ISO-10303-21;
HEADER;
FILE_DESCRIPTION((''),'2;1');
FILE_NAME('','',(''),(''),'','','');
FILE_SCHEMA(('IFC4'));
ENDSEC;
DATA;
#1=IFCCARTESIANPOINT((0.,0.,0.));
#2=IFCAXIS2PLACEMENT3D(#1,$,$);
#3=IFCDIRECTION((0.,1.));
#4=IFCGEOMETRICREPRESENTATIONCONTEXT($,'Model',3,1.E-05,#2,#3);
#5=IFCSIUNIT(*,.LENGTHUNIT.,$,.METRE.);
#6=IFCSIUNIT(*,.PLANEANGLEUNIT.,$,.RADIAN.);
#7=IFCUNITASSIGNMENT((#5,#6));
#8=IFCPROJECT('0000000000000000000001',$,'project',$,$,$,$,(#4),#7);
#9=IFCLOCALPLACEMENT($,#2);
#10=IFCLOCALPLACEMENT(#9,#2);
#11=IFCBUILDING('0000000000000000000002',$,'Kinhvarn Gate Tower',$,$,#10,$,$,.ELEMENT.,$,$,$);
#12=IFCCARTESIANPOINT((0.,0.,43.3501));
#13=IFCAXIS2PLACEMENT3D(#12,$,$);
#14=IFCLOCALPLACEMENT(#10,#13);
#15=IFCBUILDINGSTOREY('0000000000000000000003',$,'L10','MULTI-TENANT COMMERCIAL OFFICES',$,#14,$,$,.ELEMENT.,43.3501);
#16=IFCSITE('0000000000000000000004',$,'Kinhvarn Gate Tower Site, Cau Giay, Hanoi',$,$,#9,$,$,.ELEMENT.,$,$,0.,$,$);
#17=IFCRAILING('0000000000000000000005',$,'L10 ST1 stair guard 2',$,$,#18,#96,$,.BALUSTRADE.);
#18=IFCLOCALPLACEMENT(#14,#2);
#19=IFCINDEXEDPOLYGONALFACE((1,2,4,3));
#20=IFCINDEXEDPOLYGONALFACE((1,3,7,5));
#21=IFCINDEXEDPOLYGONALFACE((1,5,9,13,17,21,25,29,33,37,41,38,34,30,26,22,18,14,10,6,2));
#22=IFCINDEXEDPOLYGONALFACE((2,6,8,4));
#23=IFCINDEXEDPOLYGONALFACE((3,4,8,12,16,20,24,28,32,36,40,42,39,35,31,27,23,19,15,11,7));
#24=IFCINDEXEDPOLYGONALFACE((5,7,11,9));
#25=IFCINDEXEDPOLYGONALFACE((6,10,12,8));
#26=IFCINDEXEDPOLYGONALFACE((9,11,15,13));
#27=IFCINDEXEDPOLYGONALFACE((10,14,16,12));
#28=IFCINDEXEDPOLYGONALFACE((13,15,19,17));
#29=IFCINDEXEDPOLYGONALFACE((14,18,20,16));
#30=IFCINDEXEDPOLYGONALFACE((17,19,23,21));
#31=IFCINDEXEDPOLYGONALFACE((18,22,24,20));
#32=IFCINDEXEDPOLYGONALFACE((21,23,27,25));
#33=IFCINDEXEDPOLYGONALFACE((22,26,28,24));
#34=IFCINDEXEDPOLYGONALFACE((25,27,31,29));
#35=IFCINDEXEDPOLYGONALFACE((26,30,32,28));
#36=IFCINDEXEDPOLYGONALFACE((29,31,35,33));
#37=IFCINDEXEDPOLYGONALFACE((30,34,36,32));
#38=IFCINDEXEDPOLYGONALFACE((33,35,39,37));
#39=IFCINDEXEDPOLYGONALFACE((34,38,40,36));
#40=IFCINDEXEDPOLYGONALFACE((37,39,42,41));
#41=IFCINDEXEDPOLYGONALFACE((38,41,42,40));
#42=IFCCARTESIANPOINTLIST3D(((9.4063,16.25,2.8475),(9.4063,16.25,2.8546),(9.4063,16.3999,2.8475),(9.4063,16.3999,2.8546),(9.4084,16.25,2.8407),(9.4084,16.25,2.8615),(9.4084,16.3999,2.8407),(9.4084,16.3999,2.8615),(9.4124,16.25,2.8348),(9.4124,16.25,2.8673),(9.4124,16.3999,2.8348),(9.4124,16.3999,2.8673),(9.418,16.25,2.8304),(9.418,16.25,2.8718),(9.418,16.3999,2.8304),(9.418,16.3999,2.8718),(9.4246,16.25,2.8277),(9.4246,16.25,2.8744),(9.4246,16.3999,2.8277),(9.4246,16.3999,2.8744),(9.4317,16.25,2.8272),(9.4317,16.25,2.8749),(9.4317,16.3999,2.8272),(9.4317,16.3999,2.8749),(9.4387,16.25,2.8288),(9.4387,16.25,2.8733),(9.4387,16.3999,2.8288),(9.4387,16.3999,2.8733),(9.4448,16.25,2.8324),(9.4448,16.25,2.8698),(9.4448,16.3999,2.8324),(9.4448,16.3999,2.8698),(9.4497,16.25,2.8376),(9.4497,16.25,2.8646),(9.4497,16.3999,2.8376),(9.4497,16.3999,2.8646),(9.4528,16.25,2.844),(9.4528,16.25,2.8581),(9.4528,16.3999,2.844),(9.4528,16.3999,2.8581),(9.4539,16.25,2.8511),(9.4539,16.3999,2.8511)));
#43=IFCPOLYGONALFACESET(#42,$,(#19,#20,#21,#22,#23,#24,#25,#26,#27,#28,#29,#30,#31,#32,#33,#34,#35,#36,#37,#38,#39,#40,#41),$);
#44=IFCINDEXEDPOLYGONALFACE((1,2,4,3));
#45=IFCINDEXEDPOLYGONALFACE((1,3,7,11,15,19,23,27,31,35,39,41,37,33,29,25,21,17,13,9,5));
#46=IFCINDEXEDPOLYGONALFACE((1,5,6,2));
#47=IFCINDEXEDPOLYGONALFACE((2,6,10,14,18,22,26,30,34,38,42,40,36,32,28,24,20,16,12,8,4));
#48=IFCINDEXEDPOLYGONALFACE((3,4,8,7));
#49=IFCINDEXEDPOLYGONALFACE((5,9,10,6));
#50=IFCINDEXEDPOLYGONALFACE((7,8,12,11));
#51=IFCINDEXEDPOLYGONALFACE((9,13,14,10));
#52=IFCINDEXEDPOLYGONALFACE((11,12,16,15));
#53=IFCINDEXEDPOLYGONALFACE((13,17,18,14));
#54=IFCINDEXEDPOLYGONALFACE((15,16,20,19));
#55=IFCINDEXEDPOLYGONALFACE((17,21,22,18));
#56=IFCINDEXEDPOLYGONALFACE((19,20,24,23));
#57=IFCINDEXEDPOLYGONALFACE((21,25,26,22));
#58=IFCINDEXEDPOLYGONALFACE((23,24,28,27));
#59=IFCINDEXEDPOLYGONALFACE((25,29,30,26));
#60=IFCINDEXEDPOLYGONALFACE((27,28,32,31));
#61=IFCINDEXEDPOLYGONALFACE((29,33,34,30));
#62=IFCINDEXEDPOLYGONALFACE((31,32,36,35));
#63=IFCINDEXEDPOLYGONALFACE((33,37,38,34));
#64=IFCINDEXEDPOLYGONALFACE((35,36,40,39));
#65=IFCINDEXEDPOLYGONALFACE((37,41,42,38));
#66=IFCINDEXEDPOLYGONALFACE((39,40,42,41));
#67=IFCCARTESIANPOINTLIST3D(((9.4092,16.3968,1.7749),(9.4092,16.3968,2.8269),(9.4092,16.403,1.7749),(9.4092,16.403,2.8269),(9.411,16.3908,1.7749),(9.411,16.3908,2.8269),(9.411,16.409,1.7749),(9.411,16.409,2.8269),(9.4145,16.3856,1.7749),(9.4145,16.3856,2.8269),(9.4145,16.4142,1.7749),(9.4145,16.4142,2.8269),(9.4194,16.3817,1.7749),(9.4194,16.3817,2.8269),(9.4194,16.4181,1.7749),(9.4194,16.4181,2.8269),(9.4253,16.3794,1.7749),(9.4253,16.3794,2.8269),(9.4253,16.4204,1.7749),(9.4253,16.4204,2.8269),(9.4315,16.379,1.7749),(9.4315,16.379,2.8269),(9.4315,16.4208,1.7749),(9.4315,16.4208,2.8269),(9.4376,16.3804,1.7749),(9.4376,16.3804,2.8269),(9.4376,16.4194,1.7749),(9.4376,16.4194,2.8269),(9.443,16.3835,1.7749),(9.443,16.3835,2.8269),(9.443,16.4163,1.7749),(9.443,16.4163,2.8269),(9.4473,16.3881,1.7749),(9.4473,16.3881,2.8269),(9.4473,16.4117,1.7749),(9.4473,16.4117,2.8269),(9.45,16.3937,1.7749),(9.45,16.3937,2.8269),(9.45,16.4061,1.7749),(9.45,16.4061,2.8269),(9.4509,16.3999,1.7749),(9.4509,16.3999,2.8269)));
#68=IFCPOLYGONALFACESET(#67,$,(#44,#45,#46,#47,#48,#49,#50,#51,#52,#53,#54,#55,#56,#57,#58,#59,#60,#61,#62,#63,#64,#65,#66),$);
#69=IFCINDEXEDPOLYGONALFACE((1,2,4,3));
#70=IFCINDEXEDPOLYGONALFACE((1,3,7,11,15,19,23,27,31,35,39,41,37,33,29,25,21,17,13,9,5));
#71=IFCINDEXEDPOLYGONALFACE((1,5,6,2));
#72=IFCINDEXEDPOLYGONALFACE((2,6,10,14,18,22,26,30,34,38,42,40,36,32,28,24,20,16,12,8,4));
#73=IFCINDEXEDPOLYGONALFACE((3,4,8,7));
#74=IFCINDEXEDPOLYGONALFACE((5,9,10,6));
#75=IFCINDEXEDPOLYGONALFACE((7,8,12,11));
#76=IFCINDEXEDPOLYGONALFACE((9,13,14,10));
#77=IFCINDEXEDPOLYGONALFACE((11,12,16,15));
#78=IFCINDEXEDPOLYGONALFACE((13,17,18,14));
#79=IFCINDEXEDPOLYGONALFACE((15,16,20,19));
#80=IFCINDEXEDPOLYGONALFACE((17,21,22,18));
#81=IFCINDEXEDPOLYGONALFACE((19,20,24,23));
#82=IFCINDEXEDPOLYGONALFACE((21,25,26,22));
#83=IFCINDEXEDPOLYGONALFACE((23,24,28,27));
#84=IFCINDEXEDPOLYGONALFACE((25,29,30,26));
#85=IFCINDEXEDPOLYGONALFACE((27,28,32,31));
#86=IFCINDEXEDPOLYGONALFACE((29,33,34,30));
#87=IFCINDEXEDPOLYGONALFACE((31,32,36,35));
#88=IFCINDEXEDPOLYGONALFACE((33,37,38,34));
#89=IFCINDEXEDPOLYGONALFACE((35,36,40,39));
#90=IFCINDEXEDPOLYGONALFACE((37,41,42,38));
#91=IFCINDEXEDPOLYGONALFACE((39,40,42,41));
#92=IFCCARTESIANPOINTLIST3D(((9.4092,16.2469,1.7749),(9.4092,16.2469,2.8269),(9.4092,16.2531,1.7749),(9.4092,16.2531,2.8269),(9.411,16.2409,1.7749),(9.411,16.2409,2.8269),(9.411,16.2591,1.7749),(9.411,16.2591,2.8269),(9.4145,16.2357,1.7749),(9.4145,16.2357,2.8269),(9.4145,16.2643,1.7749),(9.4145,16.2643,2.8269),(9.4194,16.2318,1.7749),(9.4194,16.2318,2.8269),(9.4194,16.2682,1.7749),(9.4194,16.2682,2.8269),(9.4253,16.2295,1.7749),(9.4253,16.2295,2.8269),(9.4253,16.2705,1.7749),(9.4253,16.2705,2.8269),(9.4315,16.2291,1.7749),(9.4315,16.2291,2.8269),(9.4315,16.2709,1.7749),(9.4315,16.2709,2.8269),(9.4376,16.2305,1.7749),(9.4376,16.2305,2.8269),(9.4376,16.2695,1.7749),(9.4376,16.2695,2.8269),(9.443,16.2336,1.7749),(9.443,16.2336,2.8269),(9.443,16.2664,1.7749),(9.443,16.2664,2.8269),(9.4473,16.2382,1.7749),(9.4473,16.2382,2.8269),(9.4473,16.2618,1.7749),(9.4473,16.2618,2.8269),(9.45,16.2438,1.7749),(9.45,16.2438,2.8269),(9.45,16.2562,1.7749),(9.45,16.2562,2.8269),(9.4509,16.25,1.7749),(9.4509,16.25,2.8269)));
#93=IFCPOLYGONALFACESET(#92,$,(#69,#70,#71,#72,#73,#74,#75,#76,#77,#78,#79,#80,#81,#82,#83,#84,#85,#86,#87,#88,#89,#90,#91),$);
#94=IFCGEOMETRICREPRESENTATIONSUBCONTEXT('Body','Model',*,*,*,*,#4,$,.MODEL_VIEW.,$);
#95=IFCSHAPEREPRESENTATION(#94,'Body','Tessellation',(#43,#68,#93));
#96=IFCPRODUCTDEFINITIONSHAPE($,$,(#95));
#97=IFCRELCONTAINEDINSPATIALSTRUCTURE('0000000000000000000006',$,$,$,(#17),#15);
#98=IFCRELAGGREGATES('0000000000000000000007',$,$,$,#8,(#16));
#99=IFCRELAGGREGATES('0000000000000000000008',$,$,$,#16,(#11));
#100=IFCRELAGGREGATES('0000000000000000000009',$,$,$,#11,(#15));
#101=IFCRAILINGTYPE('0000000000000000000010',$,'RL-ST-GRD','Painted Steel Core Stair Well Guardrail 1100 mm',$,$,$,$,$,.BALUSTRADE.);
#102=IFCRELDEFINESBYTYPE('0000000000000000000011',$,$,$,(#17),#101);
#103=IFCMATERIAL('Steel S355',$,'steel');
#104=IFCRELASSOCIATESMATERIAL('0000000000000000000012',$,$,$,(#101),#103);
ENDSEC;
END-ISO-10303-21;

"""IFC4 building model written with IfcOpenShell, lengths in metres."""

from ifc_helpers import new_model, si_unit, direction, frame, origin, origin_2d, place, context, subcontext, project, spatial, circle, extrude, material, type_object, element, save


model = new_model("IFC4")

# Units and contexts
model_context = context("Model", 3, precision=1e-05, world=origin(), true_north=direction((0.0, 1.0)))
body_context = subcontext(model_context, "Body", "Model", "MODEL_VIEW")
ifc_project = project(units=[si_unit("LENGTHUNIT", "METRE"), si_unit("PLANEANGLEUNIT", "RADIAN")], contexts=[model_context])

# Site, building, storey
site_placement = place(None, origin())
site = spatial("IfcSite", under=ifc_project, at=site_placement, Name="Kinhvarn Gate Tower Site, Cau Giay, Hanoi", CompositionType="ELEMENT", RefElevation=0.0)
building_placement = place(site_placement, origin())
building = spatial("IfcBuilding", under=site, at=building_placement, Name="Kinhvarn Gate Tower", CompositionType="ELEMENT")
storey_placement = place(building_placement, frame((0.0, 0.0, 43.3501)))
storey = spatial("IfcBuildingStorey", under=building, at=storey_placement, Name="L10", Description="MULTI-TENANT COMMERCIAL OFFICES", CompositionType="ELEMENT", Elevation=43.3501)

# Shared definitions
ifc_material_1 = material(Name="Steel S355", Category="steel")

# Railing
railing_type_1 = type_object("IfcRailingType", Name="RL-ST-GRD", Description="Painted Steel Core Stair Well Guardrail 1100 mm", PredefinedType="BALUSTRADE", material=ifc_material_1)
railing_1_placement = place(storey_placement, frame((9.4299, 16.3999, 1.7749)))
element("IfcRailing", 1, at=railing_1_placement, inside=storey, type_object=railing_type_1, Name="L10 ST1 stair guard 2", PredefinedType="BALUSTRADE", context=body_context, shape_type="SweptSolid", body=[
    extrude(circle(Radius=0.0239, at=origin_2d()), frame((0.0, 0.0, 1.0762), z_axis=(0.0, -1.0, 0.0), x_axis=(1.0, 0.0, 0.0)), (0.0, 0.0, 1.0), 0.1499),
    extrude(circle(Radius=0.021, at=origin_2d()), origin(), (0.0, 0.0, 1.0), 1.052),
    extrude(circle(Radius=0.021, at=origin_2d()), frame((0.0, -0.1499, 0.0)), (0.0, 0.0, 1.0), 1.052),
])

save(model, "model.ifc")
